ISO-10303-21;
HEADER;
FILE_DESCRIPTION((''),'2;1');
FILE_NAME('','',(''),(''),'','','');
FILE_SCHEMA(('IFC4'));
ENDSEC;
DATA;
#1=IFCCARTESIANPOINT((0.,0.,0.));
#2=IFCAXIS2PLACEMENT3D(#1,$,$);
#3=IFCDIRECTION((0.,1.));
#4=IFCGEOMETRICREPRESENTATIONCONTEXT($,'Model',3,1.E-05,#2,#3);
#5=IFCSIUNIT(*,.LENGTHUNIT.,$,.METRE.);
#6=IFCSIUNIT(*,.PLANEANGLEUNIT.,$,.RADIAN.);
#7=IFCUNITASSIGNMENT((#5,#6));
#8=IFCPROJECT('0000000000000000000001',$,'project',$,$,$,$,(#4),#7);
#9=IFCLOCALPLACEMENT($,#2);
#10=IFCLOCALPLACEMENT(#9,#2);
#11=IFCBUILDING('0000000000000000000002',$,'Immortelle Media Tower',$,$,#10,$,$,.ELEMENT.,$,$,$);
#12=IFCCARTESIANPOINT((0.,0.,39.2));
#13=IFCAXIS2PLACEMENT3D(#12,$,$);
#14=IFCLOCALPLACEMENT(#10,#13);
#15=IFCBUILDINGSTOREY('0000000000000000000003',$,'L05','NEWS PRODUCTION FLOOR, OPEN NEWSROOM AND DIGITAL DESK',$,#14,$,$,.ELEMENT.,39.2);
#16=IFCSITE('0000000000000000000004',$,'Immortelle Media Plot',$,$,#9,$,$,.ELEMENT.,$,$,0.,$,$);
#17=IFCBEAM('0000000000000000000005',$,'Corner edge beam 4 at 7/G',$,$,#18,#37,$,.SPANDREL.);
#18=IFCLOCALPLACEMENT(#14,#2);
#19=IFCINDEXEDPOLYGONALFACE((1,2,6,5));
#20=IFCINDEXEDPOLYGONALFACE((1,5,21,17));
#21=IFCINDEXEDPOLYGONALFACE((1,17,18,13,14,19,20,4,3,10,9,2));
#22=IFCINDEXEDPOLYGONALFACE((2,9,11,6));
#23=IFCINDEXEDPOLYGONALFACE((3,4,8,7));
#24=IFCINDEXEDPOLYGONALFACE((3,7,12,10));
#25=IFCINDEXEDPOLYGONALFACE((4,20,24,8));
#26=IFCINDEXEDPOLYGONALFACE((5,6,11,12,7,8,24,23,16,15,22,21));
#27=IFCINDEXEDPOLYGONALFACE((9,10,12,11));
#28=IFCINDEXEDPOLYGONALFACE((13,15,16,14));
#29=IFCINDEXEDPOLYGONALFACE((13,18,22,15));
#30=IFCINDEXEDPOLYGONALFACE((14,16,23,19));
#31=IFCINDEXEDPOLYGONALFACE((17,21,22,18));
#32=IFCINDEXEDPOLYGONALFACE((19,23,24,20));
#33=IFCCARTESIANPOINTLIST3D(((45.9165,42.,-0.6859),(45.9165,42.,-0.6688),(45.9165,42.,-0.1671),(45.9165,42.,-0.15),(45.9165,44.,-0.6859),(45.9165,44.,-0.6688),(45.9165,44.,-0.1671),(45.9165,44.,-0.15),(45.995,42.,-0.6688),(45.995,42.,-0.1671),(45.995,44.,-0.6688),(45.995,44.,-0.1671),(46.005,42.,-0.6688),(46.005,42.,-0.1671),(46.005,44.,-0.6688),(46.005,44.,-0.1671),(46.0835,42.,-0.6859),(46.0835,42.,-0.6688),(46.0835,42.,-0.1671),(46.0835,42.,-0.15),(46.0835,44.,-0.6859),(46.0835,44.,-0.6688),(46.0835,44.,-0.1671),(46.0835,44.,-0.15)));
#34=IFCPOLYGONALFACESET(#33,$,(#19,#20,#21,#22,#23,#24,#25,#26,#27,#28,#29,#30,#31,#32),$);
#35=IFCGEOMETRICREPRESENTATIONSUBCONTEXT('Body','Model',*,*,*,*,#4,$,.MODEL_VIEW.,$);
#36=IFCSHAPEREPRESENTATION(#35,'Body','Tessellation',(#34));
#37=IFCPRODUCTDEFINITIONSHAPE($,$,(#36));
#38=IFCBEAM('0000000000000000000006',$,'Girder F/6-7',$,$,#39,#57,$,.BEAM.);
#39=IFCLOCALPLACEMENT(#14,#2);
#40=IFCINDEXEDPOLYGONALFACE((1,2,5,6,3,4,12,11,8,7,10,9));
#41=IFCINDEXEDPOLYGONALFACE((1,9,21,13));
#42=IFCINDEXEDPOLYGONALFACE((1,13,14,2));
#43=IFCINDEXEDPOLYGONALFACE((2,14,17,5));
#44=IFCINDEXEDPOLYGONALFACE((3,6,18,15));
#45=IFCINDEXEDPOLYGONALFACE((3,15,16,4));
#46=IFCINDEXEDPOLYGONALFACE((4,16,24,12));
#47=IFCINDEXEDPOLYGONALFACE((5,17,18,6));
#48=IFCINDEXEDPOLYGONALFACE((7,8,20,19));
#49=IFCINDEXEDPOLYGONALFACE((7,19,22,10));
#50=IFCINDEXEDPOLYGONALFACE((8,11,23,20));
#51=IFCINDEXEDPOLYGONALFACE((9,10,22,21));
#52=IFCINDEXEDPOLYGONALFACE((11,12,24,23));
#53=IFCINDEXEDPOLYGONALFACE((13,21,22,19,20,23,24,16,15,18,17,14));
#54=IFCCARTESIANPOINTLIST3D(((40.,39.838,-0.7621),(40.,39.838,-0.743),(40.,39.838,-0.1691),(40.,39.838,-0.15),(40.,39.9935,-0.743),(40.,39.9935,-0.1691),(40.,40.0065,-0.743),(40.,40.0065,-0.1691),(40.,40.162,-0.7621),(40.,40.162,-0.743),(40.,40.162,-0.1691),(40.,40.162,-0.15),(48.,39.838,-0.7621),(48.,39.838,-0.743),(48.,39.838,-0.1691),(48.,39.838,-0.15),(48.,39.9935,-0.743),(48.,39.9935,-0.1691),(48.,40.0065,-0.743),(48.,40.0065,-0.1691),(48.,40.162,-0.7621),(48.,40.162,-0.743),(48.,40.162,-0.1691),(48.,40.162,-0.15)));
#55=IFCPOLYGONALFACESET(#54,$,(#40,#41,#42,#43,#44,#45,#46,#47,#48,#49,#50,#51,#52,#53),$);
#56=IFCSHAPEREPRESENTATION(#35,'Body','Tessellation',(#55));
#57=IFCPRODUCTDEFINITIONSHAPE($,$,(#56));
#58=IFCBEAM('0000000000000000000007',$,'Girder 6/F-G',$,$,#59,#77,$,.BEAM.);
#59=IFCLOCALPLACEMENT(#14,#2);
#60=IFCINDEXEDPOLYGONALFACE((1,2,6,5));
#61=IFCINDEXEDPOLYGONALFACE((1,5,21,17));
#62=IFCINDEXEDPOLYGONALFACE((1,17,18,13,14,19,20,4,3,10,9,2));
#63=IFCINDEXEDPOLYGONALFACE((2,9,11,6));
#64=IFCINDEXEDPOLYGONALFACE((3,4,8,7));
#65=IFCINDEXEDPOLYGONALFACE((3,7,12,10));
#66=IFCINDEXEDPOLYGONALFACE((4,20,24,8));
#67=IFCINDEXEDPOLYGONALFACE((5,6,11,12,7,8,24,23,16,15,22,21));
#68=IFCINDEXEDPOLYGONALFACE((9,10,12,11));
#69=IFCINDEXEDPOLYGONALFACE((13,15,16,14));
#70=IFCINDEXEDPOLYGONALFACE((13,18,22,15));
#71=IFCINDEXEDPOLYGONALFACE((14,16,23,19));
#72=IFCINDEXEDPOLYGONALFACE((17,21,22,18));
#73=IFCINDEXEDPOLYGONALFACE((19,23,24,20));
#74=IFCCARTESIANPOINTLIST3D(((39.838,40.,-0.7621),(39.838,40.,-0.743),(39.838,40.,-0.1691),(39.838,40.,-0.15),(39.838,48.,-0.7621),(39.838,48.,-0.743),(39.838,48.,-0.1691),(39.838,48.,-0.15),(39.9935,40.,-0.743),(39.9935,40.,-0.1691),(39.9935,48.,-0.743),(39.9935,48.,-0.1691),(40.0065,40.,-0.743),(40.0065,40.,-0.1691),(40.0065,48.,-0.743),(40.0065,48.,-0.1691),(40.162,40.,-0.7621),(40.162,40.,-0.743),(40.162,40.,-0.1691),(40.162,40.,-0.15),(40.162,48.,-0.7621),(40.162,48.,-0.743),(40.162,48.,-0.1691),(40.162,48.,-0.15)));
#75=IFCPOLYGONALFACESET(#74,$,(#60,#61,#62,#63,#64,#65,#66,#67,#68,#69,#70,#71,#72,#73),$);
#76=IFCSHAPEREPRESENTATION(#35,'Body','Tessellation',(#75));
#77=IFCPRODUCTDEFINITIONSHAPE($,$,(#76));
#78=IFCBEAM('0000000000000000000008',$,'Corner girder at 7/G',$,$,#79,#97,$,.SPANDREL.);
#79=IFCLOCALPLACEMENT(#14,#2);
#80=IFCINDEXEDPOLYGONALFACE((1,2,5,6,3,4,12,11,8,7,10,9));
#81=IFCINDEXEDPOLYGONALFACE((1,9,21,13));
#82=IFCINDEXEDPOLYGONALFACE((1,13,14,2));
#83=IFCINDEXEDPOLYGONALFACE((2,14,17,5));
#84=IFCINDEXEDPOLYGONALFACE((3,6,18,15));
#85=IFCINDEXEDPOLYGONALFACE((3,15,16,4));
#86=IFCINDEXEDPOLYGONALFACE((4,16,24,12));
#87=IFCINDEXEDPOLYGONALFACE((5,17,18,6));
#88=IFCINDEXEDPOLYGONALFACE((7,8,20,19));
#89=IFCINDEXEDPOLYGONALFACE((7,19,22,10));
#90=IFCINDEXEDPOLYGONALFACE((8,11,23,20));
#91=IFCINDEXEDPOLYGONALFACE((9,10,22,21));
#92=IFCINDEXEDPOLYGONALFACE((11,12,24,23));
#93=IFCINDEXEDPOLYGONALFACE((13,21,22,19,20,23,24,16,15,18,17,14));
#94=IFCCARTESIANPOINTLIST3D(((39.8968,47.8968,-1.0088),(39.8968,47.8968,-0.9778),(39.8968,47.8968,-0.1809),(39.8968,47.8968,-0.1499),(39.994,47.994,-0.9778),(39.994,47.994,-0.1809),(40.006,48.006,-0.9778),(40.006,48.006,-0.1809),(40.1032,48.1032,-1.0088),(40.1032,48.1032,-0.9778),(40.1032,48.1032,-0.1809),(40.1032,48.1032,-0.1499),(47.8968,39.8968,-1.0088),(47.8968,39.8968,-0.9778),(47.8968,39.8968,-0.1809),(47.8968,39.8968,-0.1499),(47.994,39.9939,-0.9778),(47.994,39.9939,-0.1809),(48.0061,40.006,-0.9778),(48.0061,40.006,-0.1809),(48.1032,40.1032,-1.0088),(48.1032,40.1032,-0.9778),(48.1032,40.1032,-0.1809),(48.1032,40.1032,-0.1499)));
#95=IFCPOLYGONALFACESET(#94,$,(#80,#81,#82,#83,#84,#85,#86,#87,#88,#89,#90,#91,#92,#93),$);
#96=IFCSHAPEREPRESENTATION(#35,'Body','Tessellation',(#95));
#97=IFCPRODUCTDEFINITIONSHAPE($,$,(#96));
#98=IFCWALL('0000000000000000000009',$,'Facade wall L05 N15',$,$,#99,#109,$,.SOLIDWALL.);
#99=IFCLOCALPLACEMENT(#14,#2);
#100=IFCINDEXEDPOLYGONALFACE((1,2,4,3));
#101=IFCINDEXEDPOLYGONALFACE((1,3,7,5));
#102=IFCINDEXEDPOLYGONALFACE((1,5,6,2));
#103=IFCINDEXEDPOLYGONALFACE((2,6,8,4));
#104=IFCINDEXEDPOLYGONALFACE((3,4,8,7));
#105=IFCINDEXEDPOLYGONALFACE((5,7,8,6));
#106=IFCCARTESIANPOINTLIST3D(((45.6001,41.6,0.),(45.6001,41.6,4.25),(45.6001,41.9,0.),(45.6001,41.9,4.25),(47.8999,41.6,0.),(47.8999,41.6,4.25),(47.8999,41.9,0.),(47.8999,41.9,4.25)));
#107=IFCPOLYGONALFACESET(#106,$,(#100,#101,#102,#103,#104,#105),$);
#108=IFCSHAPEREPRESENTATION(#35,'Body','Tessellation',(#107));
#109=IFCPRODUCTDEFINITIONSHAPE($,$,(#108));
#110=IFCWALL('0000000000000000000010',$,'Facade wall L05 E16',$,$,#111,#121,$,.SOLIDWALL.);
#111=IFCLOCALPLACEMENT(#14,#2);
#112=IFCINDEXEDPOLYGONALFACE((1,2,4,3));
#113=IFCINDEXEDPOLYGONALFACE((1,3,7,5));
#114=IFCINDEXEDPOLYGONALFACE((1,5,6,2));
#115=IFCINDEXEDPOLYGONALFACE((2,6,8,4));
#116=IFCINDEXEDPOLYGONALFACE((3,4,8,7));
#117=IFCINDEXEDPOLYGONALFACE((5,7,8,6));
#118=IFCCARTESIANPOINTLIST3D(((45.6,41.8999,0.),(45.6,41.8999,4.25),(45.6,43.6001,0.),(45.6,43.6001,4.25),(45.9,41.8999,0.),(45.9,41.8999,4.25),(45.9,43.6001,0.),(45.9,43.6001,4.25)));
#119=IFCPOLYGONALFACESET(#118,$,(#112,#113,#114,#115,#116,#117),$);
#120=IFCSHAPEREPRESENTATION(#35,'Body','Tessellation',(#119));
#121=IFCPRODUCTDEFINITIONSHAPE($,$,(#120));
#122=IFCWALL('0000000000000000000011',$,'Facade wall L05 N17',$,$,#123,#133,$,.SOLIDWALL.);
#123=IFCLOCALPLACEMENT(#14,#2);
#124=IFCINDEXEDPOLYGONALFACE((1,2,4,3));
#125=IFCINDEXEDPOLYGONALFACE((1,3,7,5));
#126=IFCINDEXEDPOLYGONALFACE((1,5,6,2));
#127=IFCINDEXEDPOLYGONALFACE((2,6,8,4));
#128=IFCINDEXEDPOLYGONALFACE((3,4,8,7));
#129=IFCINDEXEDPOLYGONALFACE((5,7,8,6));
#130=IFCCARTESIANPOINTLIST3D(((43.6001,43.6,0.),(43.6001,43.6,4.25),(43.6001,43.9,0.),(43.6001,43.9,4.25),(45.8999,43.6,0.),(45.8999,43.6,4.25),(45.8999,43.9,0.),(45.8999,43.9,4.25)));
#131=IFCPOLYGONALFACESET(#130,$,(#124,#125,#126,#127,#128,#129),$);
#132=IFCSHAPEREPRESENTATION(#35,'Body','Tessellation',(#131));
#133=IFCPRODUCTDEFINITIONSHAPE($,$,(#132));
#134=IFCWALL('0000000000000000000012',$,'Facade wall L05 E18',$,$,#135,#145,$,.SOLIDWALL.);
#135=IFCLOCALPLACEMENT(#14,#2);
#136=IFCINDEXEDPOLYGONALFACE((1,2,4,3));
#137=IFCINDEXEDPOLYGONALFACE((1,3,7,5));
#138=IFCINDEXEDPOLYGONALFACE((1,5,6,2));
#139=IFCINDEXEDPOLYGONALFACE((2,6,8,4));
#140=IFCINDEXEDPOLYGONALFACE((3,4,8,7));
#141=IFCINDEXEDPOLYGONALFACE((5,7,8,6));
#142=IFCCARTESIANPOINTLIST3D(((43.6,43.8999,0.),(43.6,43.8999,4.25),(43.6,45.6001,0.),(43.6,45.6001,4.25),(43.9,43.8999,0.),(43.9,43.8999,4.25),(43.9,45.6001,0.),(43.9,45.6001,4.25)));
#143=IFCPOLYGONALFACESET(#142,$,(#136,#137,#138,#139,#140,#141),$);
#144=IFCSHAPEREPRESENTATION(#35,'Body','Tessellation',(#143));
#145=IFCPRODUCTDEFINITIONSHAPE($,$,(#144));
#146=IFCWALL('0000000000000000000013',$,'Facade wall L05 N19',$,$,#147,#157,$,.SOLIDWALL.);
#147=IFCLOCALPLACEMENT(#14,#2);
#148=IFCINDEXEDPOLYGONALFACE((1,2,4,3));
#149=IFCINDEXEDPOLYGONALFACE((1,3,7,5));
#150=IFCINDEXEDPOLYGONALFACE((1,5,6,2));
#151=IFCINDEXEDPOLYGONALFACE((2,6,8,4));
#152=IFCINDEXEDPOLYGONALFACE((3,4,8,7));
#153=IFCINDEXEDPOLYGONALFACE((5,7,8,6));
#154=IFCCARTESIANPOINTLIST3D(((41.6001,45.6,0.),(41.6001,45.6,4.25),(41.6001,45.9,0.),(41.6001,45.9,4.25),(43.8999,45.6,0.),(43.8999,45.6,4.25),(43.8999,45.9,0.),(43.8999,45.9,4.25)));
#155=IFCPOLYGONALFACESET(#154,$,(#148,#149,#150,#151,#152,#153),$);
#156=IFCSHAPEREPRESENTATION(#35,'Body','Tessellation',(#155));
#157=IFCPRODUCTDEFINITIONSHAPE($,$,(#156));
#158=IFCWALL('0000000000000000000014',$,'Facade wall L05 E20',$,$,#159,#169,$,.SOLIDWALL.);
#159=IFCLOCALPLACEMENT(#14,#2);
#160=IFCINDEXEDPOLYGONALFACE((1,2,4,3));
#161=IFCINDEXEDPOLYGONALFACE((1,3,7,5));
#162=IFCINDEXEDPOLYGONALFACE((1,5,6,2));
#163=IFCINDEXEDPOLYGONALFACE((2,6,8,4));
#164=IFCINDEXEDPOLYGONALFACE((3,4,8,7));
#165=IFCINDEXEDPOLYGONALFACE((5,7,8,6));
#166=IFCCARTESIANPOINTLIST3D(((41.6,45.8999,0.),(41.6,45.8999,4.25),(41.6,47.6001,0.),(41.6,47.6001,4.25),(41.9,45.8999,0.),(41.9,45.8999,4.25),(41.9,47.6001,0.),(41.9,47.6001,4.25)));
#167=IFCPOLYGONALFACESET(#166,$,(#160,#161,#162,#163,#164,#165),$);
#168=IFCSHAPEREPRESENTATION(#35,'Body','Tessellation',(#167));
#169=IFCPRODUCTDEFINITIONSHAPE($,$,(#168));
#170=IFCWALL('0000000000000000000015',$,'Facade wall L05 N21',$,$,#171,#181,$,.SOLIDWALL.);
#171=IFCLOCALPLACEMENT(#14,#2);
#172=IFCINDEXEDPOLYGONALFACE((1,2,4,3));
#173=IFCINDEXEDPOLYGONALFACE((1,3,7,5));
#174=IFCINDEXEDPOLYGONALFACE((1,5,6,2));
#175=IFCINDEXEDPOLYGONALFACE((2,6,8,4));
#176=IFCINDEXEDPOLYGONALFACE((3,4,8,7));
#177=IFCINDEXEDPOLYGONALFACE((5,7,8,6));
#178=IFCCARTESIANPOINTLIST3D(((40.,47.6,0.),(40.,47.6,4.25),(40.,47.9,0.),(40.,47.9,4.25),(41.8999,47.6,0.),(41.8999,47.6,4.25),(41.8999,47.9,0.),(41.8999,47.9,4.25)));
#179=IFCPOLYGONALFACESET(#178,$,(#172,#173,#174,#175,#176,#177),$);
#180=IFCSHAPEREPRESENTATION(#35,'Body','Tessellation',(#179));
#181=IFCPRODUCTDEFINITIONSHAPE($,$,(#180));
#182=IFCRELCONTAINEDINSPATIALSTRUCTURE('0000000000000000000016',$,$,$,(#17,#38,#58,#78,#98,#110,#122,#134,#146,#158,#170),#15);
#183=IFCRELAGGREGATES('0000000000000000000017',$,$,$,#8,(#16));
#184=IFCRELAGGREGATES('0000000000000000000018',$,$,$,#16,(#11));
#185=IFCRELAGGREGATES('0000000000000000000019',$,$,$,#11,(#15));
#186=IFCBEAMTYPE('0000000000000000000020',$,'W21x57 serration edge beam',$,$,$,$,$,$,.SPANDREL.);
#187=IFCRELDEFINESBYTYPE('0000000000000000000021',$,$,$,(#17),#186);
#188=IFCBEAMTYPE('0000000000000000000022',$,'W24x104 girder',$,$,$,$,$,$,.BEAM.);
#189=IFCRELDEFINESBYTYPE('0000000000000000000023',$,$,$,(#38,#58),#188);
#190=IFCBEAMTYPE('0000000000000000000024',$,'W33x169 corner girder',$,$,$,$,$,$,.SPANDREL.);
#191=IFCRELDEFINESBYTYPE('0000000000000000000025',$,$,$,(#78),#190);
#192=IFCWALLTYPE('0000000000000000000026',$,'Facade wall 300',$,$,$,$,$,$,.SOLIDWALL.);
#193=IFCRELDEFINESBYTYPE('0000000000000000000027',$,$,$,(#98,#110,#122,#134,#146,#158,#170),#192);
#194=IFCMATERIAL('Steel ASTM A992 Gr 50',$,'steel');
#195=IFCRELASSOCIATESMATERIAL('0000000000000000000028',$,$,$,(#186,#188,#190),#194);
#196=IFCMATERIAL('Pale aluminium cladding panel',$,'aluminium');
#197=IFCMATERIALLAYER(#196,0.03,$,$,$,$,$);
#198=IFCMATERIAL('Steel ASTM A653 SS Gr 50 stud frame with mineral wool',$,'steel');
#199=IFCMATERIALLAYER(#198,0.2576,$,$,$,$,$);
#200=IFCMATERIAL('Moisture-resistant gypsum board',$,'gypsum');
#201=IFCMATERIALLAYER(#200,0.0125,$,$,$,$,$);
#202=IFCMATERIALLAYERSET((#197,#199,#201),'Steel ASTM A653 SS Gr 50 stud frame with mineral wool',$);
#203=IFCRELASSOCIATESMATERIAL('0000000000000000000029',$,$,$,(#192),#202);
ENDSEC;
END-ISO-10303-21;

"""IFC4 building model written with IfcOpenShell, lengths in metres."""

from ifc_helpers import new_model, si_unit, direction, frame, frame_2d, origin, origin_2d, place, context, subcontext, project, spatial, rectangle, i_section, extrude, material, layer, layer_set, material_profile, profile_set, type_object, element, save


model = new_model("IFC4")

# Units and contexts
model_context = context("Model", 3, precision=1e-05, world=origin(), true_north=direction((0.0, 1.0)))
body_context = subcontext(model_context, "Body", "Model", "MODEL_VIEW")
ifc_project = project(units=[si_unit("LENGTHUNIT", "METRE"), si_unit("PLANEANGLEUNIT", "RADIAN")], contexts=[model_context])

# Site, building, storey
site_placement = place(None, origin())
site = spatial("IfcSite", under=ifc_project, at=site_placement, Name="Immortelle Media Plot", CompositionType="ELEMENT", RefElevation=0.0)
building_placement = place(site_placement, origin())
building = spatial("IfcBuilding", under=site, at=building_placement, Name="Immortelle Media Tower", CompositionType="ELEMENT")
storey_placement = place(building_placement, frame((0.0, 0.0, 39.2)))
storey = spatial("IfcBuildingStorey", under=building, at=storey_placement, Name="L05", Description="NEWS PRODUCTION FLOOR, OPEN NEWSROOM AND DIGITAL DESK", CompositionType="ELEMENT", Elevation=39.2)

# Shared definitions
ifc_material_1 = material(Name="Steel ASTM A992 Gr 50", Category="steel")

# Beams
ifc_material_profile_1 = material_profile(ifc_material_1, i_section(OverallWidth=0.167, OverallDepth=0.5359, WebThickness=0.01, FlangeThickness=0.0171, at=origin_2d()), Name="W21x57")
ifc_profile_set_1 = profile_set([ifc_material_profile_1], Name="Steel ASTM A992 Gr 50")
beam_type_1 = type_object("IfcBeamType", Name="W21x57 serration edge beam", PredefinedType="SPANDREL", material=ifc_profile_set_1)
for number, where, z_axis, x_axis, name in (
    (1, (46.0, 44.0, -0.418), (0.0, -1.0, 0.0), (1.0, 0.0, 0.0), "Corner edge beam 4 at 7/G"),
):
    element("IfcBeam", number, at=place(storey_placement, frame(where, z_axis=z_axis, x_axis=x_axis)), inside=storey, type_object=beam_type_1, Name=name, PredefinedType="SPANDREL", context=body_context, shape_type="SweptSolid", body=[
        extrude(i_section(OverallWidth=0.167, OverallDepth=0.5359, WebThickness=0.01, FlangeThickness=0.0171, at=origin_2d()), origin(), (0.0, 0.0, 1.0), 2.0),
    ])
ifc_material_profile_2 = material_profile(ifc_material_1, i_section(OverallWidth=0.324, OverallDepth=0.6121, WebThickness=0.0129, FlangeThickness=0.019, at=origin_2d()), Name="W24x104")
ifc_profile_set_2 = profile_set([ifc_material_profile_2], Name="Steel ASTM A992 Gr 50")
beam_type_2 = type_object("IfcBeamType", Name="W24x104 girder", PredefinedType="BEAM", material=ifc_profile_set_2)
for number, where, z_axis, x_axis, name in (
    (2, (40.0, 40.0, -0.4561), (1.0, 0.0, 0.0), (0.0, 1.0, 0.0), "Girder F/6-7"),
    (3, (40.0, 40.0, -0.4561), (0.0, 1.0, 0.0), (-1.0, 0.0, 0.0), "Girder 6/F-G"),
):
    element("IfcBeam", number, at=place(storey_placement, frame(where, z_axis=z_axis, x_axis=x_axis)), inside=storey, type_object=beam_type_2, Name=name, PredefinedType="BEAM", context=body_context, shape_type="SweptSolid", body=[
        extrude(i_section(OverallWidth=0.324, OverallDepth=0.6121, WebThickness=0.0129, FlangeThickness=0.019, at=origin_2d()), origin(), (0.0, 0.0, 1.0), 8.0),
    ])
ifc_material_profile_3 = material_profile(ifc_material_1, i_section(OverallWidth=0.292, OverallDepth=0.8589, WebThickness=0.0171, FlangeThickness=0.031, at=origin_2d()), Name="W33x169")
ifc_profile_set_3 = profile_set([ifc_material_profile_3], Name="Steel ASTM A992 Gr 50")
beam_type_3 = type_object("IfcBeamType", Name="W33x169 corner girder", PredefinedType="SPANDREL", material=ifc_profile_set_3)
beam_1_placement = place(storey_placement, frame((40.0, 48.0, -0.5793), z_axis=(0.707107, -0.707107, 0.0), x_axis=(0.707107, 0.707107, 0.0)))
element("IfcBeam", 4, at=beam_1_placement, inside=storey, type_object=beam_type_3, Name="Corner girder at 7/G", PredefinedType="SPANDREL", context=body_context, shape_type="SweptSolid", body=[
    extrude(i_section(OverallWidth=0.292, OverallDepth=0.8589, WebThickness=0.0171, FlangeThickness=0.031, at=origin_2d()), origin(), (0.0, 0.0, 1.0), 11.3137),
])

# Walls
ifc_material_2 = material(Name="Pale aluminium cladding panel", Category="aluminium")
ifc_layer_1 = layer(ifc_material_2, 0.03)
ifc_material_3 = material(Name="Steel ASTM A653 SS Gr 50 stud frame with mineral wool", Category="steel")
ifc_layer_2 = layer(ifc_material_3, 0.2576)
ifc_material_4 = material(Name="Moisture-resistant gypsum board", Category="gypsum")
ifc_layer_3 = layer(ifc_material_4, 0.0125)
ifc_layer_set_1 = layer_set([ifc_layer_1, ifc_layer_2, ifc_layer_3], Name="Steel ASTM A653 SS Gr 50 stud frame with mineral wool")
wall_type_1 = type_object("IfcWallType", Name="Facade wall 300", PredefinedType="SOLIDWALL", material=ifc_layer_set_1)
wall_1_placement = place(storey_placement, frame((47.8999, 41.75, 0.0), z_axis=(0.0, 0.0, 1.0), x_axis=(-1.0, 0.0, 0.0)))
element("IfcWall", 5, at=wall_1_placement, inside=storey, type_object=wall_type_1, Name="Facade wall L05 N15", PredefinedType="SOLIDWALL", context=body_context, shape_type="SweptSolid", body=[
    extrude(rectangle(XDim=2.2998, YDim=0.3, at=frame_2d((1.1499, 0.0))), origin(), (0.0, 0.0, 1.0), 4.25),
])
wall_2_placement = place(storey_placement, frame((45.75, 41.8999, 0.0), z_axis=(0.0, 0.0, 1.0), x_axis=(0.0, 1.0, 0.0)))
element("IfcWall", 6, at=wall_2_placement, inside=storey, type_object=wall_type_1, Name="Facade wall L05 E16", PredefinedType="SOLIDWALL", context=body_context, shape_type="SweptSolid", body=[
    extrude(rectangle(XDim=1.7002, YDim=0.3, at=frame_2d((0.8501, 0.0))), origin(), (0.0, 0.0, 1.0), 4.25),
])
wall_3_placement = place(storey_placement, frame((45.8999, 43.75, 0.0), z_axis=(0.0, 0.0, 1.0), x_axis=(-1.0, 0.0, 0.0)))
element("IfcWall", 7, at=wall_3_placement, inside=storey, type_object=wall_type_1, Name="Facade wall L05 N17", PredefinedType="SOLIDWALL", context=body_context, shape_type="SweptSolid", body=[
    extrude(rectangle(XDim=2.2998, YDim=0.3, at=frame_2d((1.1499, 0.0))), origin(), (0.0, 0.0, 1.0), 4.25),
])
wall_4_placement = place(storey_placement, frame((43.75, 43.8999, 0.0), z_axis=(0.0, 0.0, 1.0), x_axis=(0.0, 1.0, 0.0)))
element("IfcWall", 8, at=wall_4_placement, inside=storey, type_object=wall_type_1, Name="Facade wall L05 E18", PredefinedType="SOLIDWALL", context=body_context, shape_type="SweptSolid", body=[
    extrude(rectangle(XDim=1.7002, YDim=0.3, at=frame_2d((0.8501, 0.0))), origin(), (0.0, 0.0, 1.0), 4.25),
])
wall_5_placement = place(storey_placement, frame((43.8999, 45.75, 0.0), z_axis=(0.0, 0.0, 1.0), x_axis=(-1.0, 0.0, 0.0)))
element("IfcWall", 9, at=wall_5_placement, inside=storey, type_object=wall_type_1, Name="Facade wall L05 N19", PredefinedType="SOLIDWALL", context=body_context, shape_type="SweptSolid", body=[
    extrude(rectangle(XDim=2.2998, YDim=0.3, at=frame_2d((1.1499, 0.0))), origin(), (0.0, 0.0, 1.0), 4.25),
])
wall_6_placement = place(storey_placement, frame((41.75, 45.8999, 0.0), z_axis=(0.0, 0.0, 1.0), x_axis=(0.0, 1.0, 0.0)))
element("IfcWall", 10, at=wall_6_placement, inside=storey, type_object=wall_type_1, Name="Facade wall L05 E20", PredefinedType="SOLIDWALL", context=body_context, shape_type="SweptSolid", body=[
    extrude(rectangle(XDim=1.7002, YDim=0.3, at=frame_2d((0.8501, 0.0))), origin(), (0.0, 0.0, 1.0), 4.25),
])
wall_7_placement = place(storey_placement, frame((41.8999, 47.75, 0.0), z_axis=(0.0, 0.0, 1.0), x_axis=(-1.0, 0.0, 0.0)))
element("IfcWall", 11, at=wall_7_placement, inside=storey, type_object=wall_type_1, Name="Facade wall L05 N21", PredefinedType="SOLIDWALL", context=body_context, shape_type="SweptSolid", body=[
    extrude(rectangle(XDim=1.8999, YDim=0.3, at=frame_2d((0.95, 0.0))), origin(), (0.0, 0.0, 1.0), 4.25),
])

save(model, "model.ifc")
